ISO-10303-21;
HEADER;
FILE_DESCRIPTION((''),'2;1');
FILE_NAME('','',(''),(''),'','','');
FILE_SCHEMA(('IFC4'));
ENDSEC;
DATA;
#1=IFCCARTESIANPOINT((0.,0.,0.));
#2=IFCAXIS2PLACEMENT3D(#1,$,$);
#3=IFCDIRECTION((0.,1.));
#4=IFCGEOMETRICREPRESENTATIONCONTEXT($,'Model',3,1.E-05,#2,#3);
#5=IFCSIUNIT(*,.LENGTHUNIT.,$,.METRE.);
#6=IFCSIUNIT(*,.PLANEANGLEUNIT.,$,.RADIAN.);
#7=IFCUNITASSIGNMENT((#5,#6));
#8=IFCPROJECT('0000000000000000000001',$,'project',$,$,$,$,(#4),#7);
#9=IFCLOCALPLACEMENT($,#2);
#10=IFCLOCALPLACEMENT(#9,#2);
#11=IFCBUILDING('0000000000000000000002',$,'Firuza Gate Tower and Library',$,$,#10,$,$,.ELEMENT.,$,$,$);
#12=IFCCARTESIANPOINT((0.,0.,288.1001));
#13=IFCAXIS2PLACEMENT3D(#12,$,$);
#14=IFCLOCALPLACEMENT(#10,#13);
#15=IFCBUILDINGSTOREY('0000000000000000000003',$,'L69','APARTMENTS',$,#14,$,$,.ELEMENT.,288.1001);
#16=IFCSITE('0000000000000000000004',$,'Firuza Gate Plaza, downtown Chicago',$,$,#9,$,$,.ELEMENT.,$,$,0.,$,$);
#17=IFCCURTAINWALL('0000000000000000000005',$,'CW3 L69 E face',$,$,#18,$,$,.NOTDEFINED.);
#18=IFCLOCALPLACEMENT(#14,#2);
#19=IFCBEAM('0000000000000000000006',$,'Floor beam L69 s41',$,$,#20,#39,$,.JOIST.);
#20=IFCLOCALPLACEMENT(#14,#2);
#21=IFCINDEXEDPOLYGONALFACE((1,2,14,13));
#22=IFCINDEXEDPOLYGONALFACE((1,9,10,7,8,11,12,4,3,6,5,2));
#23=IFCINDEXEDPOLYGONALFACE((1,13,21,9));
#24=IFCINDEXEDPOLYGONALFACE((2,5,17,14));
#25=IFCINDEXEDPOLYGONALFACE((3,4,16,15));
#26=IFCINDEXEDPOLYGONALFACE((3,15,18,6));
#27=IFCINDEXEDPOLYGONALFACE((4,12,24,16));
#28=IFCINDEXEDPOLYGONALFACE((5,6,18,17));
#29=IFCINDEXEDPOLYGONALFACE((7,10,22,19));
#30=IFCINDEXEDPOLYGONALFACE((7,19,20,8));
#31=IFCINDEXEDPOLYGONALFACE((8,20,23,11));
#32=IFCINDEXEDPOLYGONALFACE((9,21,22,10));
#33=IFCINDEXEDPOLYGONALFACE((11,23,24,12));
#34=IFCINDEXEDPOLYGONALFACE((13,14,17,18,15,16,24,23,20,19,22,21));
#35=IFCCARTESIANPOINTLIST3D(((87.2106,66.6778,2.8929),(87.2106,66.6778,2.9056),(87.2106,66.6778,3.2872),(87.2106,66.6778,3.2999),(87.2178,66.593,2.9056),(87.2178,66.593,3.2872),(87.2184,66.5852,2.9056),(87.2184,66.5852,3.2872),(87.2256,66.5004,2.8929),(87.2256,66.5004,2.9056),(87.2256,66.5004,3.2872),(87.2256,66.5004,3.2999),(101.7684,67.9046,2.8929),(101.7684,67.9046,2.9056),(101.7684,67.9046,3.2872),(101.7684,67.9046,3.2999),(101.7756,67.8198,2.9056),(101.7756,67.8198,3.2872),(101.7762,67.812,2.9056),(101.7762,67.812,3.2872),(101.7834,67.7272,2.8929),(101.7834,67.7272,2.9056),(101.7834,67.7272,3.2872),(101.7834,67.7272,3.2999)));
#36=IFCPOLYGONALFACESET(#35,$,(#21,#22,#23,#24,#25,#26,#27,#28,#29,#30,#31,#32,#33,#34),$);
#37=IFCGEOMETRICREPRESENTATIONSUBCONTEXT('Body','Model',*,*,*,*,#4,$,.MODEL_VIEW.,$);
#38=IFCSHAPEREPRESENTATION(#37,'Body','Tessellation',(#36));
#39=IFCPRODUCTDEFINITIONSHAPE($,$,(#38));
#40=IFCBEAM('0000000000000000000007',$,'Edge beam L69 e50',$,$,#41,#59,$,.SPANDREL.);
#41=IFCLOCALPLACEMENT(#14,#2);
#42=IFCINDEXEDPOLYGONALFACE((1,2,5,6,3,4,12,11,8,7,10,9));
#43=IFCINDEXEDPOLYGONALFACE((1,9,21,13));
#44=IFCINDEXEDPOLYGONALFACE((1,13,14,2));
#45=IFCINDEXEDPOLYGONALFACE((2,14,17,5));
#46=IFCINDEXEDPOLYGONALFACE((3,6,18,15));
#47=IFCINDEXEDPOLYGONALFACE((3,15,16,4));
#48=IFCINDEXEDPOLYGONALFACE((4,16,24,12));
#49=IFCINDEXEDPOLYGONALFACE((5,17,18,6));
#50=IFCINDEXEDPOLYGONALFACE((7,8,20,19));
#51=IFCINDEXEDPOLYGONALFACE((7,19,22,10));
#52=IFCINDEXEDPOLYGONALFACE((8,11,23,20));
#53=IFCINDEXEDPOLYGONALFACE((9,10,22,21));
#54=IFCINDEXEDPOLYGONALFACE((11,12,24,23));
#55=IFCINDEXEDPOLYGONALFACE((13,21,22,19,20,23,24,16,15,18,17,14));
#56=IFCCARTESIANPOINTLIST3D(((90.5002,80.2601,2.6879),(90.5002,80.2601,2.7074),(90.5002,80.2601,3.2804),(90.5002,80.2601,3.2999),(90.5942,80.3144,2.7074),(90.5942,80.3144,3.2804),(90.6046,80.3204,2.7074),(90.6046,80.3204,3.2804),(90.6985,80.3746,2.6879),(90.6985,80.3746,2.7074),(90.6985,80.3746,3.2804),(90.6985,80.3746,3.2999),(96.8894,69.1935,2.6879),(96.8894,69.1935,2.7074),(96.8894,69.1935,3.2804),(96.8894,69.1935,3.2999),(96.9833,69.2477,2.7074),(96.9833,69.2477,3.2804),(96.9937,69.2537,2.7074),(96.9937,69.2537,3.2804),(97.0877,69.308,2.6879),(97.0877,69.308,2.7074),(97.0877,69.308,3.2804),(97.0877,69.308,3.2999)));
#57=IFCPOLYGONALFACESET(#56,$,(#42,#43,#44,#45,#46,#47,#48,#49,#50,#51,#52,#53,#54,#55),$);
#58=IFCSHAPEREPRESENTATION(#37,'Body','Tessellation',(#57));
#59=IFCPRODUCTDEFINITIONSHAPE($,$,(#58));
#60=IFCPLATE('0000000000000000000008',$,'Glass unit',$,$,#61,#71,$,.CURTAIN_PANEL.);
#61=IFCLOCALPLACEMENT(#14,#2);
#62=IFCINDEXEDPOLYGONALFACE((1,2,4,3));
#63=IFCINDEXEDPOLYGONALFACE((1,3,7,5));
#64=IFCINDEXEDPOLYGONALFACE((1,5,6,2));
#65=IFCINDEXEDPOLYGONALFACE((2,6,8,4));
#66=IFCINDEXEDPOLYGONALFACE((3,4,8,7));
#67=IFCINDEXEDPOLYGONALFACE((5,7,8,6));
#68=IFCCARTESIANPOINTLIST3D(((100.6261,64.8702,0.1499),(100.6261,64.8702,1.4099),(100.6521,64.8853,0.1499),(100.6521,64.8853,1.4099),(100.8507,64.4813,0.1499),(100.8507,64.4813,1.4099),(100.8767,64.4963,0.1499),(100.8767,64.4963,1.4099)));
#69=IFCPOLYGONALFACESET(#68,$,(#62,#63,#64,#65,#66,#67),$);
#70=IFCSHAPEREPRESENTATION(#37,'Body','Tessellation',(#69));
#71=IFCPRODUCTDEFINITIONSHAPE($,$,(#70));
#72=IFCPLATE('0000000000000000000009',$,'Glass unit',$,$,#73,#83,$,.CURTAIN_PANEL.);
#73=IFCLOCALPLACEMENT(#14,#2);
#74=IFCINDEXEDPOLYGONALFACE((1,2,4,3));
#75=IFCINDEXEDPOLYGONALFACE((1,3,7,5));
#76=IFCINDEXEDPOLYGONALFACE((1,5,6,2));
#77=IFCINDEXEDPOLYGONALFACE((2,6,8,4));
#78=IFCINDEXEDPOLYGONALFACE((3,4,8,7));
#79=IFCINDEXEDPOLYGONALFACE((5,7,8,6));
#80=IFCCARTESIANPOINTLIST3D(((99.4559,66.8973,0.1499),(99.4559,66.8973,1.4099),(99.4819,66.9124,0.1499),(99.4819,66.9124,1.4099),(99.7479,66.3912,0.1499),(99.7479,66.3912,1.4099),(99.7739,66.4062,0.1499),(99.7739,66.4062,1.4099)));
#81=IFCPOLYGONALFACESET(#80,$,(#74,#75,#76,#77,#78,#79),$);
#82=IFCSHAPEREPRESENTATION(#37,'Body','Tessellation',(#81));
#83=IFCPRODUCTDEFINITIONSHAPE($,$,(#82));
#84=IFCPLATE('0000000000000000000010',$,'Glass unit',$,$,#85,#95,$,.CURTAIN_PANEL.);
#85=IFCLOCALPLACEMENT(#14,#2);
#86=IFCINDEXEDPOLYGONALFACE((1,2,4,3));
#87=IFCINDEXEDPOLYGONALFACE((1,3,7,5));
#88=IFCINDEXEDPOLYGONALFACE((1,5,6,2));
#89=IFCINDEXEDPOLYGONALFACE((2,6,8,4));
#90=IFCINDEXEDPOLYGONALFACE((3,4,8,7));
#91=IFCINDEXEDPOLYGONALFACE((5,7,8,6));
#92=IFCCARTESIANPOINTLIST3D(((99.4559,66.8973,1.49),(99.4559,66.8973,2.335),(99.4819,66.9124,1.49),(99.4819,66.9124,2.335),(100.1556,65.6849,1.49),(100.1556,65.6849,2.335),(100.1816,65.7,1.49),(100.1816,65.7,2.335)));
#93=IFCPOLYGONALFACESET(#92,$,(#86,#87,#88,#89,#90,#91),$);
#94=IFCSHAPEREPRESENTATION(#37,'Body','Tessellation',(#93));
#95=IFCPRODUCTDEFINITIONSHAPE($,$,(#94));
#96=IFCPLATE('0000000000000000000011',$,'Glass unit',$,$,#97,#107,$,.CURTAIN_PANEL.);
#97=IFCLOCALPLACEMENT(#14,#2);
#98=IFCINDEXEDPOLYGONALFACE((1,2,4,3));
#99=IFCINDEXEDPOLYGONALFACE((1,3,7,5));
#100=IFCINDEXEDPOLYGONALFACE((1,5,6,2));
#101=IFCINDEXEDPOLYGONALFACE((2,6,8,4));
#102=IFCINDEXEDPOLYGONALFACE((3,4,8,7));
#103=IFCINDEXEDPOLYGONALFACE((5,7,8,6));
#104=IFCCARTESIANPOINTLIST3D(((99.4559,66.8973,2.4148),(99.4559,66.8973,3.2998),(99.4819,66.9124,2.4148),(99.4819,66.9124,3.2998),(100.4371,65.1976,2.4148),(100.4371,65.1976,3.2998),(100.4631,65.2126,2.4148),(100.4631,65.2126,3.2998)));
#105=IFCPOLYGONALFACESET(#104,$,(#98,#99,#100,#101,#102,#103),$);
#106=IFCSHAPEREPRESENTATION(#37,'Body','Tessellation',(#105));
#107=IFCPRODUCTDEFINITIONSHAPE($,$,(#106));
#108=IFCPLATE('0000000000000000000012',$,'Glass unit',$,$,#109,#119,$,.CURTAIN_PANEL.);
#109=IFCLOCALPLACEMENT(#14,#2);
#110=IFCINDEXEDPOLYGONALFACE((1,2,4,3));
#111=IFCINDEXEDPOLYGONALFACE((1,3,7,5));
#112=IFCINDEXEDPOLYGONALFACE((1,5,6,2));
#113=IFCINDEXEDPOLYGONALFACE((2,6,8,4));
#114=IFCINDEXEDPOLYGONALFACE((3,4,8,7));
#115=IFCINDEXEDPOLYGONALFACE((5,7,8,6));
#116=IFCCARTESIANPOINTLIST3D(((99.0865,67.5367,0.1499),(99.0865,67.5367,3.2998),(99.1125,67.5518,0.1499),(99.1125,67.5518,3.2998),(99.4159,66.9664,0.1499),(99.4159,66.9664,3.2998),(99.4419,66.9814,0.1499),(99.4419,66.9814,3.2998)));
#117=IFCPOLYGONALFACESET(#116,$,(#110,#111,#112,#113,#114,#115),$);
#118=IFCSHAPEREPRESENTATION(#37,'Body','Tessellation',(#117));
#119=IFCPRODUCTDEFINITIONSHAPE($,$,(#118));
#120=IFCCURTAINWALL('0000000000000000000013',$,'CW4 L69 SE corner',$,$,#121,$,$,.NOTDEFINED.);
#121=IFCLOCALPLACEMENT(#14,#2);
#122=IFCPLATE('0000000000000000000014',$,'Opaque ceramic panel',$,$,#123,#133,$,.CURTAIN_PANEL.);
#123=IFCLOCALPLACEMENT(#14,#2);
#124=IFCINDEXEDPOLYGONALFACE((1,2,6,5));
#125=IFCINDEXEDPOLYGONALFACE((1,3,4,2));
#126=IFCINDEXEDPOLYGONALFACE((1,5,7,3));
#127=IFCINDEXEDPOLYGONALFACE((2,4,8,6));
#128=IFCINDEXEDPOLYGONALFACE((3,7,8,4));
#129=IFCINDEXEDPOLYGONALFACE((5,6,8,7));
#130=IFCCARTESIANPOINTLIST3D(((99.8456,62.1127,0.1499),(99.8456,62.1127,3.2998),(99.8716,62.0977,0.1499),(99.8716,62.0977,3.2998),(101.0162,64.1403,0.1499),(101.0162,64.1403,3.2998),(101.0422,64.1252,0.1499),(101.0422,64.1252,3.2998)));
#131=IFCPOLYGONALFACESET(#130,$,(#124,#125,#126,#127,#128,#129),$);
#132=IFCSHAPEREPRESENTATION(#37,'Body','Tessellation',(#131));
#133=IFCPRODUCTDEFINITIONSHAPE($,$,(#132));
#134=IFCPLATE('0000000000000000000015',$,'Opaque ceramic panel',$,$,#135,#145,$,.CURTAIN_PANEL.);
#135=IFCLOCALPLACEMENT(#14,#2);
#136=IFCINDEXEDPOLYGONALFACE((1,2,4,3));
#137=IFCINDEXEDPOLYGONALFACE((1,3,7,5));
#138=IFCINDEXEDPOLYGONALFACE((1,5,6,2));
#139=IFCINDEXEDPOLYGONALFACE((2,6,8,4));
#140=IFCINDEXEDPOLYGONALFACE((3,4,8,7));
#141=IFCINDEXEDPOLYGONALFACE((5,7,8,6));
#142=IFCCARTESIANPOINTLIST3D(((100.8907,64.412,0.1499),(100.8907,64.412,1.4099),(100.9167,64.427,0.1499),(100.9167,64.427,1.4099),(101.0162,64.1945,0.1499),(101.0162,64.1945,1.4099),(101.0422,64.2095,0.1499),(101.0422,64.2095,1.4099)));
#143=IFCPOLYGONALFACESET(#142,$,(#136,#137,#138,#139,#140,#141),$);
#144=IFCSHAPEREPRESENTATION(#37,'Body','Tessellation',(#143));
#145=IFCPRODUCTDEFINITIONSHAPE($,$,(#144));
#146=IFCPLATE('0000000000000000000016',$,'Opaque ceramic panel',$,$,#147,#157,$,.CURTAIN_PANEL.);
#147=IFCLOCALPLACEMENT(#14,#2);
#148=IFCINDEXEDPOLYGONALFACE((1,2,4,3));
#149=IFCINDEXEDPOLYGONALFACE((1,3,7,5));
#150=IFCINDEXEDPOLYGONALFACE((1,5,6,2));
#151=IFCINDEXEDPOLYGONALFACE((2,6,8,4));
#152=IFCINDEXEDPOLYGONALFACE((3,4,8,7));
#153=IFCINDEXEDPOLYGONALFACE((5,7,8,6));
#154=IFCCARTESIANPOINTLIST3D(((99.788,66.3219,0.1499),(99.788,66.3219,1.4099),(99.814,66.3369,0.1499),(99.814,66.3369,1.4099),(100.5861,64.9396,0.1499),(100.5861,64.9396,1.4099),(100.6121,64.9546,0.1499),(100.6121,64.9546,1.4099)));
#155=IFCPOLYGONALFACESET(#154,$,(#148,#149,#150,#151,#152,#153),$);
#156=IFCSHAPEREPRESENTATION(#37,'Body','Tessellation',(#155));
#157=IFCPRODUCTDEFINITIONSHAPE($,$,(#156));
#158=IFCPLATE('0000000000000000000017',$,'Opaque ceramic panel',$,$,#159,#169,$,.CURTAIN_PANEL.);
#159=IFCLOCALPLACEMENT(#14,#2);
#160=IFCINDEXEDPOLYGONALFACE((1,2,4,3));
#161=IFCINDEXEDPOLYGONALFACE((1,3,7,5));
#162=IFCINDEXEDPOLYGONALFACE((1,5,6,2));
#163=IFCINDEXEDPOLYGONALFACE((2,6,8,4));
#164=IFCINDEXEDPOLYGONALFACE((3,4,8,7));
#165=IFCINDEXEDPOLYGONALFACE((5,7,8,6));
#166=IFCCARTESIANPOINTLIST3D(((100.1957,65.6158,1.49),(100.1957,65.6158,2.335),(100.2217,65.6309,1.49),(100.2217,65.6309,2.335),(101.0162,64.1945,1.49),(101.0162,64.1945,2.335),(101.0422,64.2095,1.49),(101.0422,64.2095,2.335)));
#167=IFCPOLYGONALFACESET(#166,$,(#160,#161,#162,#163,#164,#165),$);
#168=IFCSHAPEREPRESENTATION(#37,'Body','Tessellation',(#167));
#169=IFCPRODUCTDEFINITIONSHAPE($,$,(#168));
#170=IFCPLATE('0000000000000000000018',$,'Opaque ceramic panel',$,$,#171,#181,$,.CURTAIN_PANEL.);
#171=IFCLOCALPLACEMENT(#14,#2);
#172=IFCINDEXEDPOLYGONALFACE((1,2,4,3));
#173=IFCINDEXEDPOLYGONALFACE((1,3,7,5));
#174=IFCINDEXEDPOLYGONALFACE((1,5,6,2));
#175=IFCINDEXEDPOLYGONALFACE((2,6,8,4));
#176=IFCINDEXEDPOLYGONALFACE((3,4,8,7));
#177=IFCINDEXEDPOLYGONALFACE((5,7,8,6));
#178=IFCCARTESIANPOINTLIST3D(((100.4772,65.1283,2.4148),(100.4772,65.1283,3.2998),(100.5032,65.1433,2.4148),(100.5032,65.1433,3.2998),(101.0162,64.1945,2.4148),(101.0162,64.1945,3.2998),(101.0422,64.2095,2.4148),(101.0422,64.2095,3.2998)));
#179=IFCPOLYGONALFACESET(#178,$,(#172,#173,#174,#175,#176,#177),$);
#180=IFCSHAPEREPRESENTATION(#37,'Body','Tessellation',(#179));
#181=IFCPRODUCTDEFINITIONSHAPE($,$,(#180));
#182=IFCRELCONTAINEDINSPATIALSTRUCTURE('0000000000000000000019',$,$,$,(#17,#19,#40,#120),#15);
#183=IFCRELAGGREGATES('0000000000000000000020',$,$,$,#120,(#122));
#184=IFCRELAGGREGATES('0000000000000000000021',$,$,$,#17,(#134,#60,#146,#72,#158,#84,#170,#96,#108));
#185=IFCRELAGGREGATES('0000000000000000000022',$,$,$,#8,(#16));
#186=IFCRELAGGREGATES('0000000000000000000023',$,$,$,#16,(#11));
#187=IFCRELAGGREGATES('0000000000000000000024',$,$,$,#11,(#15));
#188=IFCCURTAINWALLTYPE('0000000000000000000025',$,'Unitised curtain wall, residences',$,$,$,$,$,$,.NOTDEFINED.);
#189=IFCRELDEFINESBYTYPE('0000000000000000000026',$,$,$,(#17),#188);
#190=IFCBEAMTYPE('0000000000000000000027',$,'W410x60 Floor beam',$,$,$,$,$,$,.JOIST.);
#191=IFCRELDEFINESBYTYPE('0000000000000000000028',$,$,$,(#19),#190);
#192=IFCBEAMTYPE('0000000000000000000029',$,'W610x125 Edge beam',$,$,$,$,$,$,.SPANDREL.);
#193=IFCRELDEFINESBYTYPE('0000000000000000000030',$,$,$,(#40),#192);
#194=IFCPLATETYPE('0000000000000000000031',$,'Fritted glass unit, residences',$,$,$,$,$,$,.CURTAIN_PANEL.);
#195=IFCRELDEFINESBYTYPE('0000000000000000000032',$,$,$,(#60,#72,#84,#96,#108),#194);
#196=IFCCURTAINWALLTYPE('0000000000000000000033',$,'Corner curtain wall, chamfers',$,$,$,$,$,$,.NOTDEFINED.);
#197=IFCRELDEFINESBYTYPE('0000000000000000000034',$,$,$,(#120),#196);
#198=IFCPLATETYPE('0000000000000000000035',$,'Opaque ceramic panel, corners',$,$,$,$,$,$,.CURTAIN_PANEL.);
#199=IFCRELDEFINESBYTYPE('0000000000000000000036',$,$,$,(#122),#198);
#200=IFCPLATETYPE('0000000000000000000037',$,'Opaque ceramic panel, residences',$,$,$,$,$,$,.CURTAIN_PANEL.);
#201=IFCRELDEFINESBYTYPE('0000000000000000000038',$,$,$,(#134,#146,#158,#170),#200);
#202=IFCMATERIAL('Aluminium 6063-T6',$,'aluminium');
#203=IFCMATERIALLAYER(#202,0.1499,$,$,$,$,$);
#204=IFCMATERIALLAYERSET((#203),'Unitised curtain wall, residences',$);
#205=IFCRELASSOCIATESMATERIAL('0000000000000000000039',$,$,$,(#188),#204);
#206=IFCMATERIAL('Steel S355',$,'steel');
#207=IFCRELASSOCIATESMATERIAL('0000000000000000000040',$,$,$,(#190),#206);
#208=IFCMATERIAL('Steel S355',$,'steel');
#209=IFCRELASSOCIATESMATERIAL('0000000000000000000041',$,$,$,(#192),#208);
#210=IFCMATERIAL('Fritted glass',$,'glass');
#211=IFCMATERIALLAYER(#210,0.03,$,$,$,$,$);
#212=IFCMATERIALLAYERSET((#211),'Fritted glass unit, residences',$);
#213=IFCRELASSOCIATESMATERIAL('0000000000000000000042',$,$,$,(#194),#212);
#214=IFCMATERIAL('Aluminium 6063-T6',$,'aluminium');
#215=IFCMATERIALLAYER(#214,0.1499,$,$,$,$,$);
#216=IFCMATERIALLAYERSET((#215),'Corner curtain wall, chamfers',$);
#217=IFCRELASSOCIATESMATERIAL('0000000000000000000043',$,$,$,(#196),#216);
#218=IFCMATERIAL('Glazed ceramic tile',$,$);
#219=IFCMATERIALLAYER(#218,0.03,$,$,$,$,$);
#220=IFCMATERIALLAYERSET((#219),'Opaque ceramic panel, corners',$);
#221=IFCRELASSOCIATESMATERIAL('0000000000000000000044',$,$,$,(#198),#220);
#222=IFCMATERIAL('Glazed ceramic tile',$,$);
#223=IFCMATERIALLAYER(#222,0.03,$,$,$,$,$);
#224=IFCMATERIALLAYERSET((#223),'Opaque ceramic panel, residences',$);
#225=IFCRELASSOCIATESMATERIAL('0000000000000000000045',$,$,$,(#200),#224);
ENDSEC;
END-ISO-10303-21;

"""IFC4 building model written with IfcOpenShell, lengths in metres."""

from ifc_helpers import new_model, si_unit, direction, frame, origin, origin_2d, place, context, subcontext, project, spatial, polyline, i_section, outline, extrude, material, layer, layer_set, material_profile, profile_set, type_object, element, aggregate, save


model = new_model("IFC4")

# Units and contexts
model_context = context("Model", 3, precision=1e-05, world=origin(), true_north=direction((0.0, 1.0)))
body_context = subcontext(model_context, "Body", "Model", "MODEL_VIEW")
ifc_project = project(units=[si_unit("LENGTHUNIT", "METRE"), si_unit("PLANEANGLEUNIT", "RADIAN")], contexts=[model_context])

# Site, building, storey
site_placement = place(None, origin())
site = spatial("IfcSite", under=ifc_project, at=site_placement, Name="Firuza Gate Plaza, downtown Chicago", CompositionType="ELEMENT", RefElevation=0.0)
building_placement = place(site_placement, origin())
building = spatial("IfcBuilding", under=site, at=building_placement, Name="Firuza Gate Tower and Library", CompositionType="ELEMENT")
storey_placement = place(building_placement, frame((0.0, 0.0, 288.1001)))
storey = spatial("IfcBuildingStorey", under=building, at=storey_placement, Name="L69", Description="APARTMENTS", CompositionType="ELEMENT", Elevation=288.1001)

# Curtain wall
ifc_material_1 = material(Name="Aluminium 6063-T6", Category="aluminium")
ifc_layer_1 = layer(ifc_material_1, 0.1499)
ifc_layer_set_1 = layer_set([ifc_layer_1], Name="Unitised curtain wall, residences")
curtain_wall_type_1 = type_object("IfcCurtainWallType", Name="Unitised curtain wall, residences", PredefinedType="NOTDEFINED", material=ifc_layer_set_1)
placement = place(storey_placement, origin())
curtain_wall_1 = element("IfcCurtainWall", 1, at=placement, inside=storey, type_object=curtain_wall_type_1, Name="CW3 L69 E face", PredefinedType="NOTDEFINED")

# Beams
ifc_material_2 = material(Name="Steel S355", Category="steel")
ifc_material_profile_1 = material_profile(ifc_material_2, i_section(OverallWidth=0.178, OverallDepth=0.407, WebThickness=0.0078, FlangeThickness=0.0127, at=origin_2d()))
ifc_profile_set_1 = profile_set([ifc_material_profile_1], Name="Steel S355")
beam_type_1 = type_object("IfcBeamType", Name="W410x60 Floor beam", PredefinedType="JOIST", material=ifc_profile_set_1)
beam_1_placement = place(storey_placement, frame((101.7759, 67.8159, 3.0964), z_axis=(-0.996468, -0.083973, 0.0), x_axis=(0.083973, -0.996468, 0.0)))
element("IfcBeam", 2, at=beam_1_placement, inside=storey, type_object=beam_type_1, Name="Floor beam L69 s41", PredefinedType="JOIST", context=body_context, shape_type="SweptSolid", body=[
    extrude(i_section(OverallWidth=0.178, OverallDepth=0.407, WebThickness=0.0078, FlangeThickness=0.0127, at=origin_2d()), origin(), (0.0, 0.0, 1.0), 14.6094),
])
ifc_material_3 = material(Name="Steel S355", Category="steel")
ifc_material_profile_2 = material_profile(ifc_material_3, i_section(OverallWidth=0.229, OverallDepth=0.6121, WebThickness=0.012, FlangeThickness=0.0195, at=origin_2d()))
ifc_profile_set_2 = profile_set([ifc_material_profile_2], Name="Steel S355")
beam_type_2 = type_object("IfcBeamType", Name="W610x125 Edge beam", PredefinedType="SPANDREL", material=ifc_profile_set_2)
beam_2_placement = place(storey_placement, frame((96.9885, 69.2507, 2.9939), z_axis=(-0.49999, 0.866031, 0.0), x_axis=(-0.866031, -0.49999, 0.0)))
element("IfcBeam", 3, at=beam_2_placement, inside=storey, type_object=beam_type_2, Name="Edge beam L69 e50", PredefinedType="SPANDREL", context=body_context, shape_type="SweptSolid", body=[
    extrude(i_section(OverallWidth=0.229, OverallDepth=0.6121, WebThickness=0.012, FlangeThickness=0.0195, at=origin_2d()), origin(), (0.0, 0.0, 1.0), 12.7786),
])

# Plates
ifc_material_4 = material(Name="Fritted glass", Category="glass")
ifc_layer_2 = layer(ifc_material_4, 0.03)
ifc_layer_set_2 = layer_set([ifc_layer_2], Name="Fritted glass unit, residences")
plate_type_1 = type_object("IfcPlateType", Name="Fritted glass unit, residences", PredefinedType="CURTAIN_PANEL", material=ifc_layer_set_2)
plate_1_placement = place(storey_placement, frame((100.8767, 64.4963, 0.1499), z_axis=(0.865959, 0.500115, 0.0), x_axis=(-0.500115, 0.865959, 0.0)))
plate_1 = element("IfcPlate", 4, at=plate_1_placement, type_object=plate_type_1, Name="Glass unit", PredefinedType="CURTAIN_PANEL", context=body_context, shape_type="SweptSolid", body=[
    extrude(outline(polyline([(0.0, 0.0), (0.4491, 0.0), (0.4491, 1.26), (0.0, 1.26), (0.0, 0.0)])), origin(), (0.0, 0.0, -1.0), 0.03),
])
plate_2_placement = place(storey_placement, frame((99.7739, 66.4062, 0.1499), z_axis=(0.866179, 0.499735, 0.0), x_axis=(-0.499735, 0.866179, 0.0)))
plate_2 = element("IfcPlate", 5, at=plate_2_placement, type_object=plate_type_1, Name="Glass unit", PredefinedType="CURTAIN_PANEL", context=body_context, shape_type="SweptSolid", body=[
    extrude(outline(polyline([(0.0, 0.0), (0.5843, 0.0), (0.5843, 1.26), (0.0, 1.26), (0.0, 0.0)])), origin(), (0.0, 0.0, -1.0), 0.03),
])
plate_3_placement = place(storey_placement, frame((100.1816, 65.7, 1.49), z_axis=(0.86611, 0.499853, 0.0), x_axis=(-0.499853, 0.86611, 0.0)))
plate_3 = element("IfcPlate", 6, at=plate_3_placement, type_object=plate_type_1, Name="Glass unit", PredefinedType="CURTAIN_PANEL", context=body_context, shape_type="SweptSolid", body=[
    extrude(outline(polyline([(0.0, 0.0), (1.3998, 0.0), (1.3998, 0.845), (0.0, 0.845), (0.0, 0.0)])), origin(), (0.0, 0.0, -1.0), 0.03),
])
plate_4_placement = place(storey_placement, frame((100.4631, 65.2126, 2.4148), z_axis=(0.866053, 0.499952, 0.0), x_axis=(-0.499952, 0.866053, 0.0)))
plate_4 = element("IfcPlate", 7, at=plate_4_placement, type_object=plate_type_1, Name="Glass unit", PredefinedType="CURTAIN_PANEL", context=body_context, shape_type="SweptSolid", body=[
    extrude(outline(polyline([(0.0, 0.0), (1.9626, 0.0), (1.9626, 0.885), (0.0, 0.885), (0.0, 0.0)])), origin(), (0.0, 0.0, -1.0), 0.03),
])
plate_5_placement = place(storey_placement, frame((99.4419, 66.9814, 0.1499), z_axis=(0.865976, 0.500086, 0.0), x_axis=(-0.500086, 0.865976, 0.0)))
plate_5 = element("IfcPlate", 8, at=plate_5_placement, type_object=plate_type_1, Name="Glass unit", PredefinedType="CURTAIN_PANEL", context=body_context, shape_type="SweptSolid", body=[
    extrude(outline(polyline([(0.0, 0.0), (0.6586, 0.0), (0.6586, 3.1499), (0.0, 3.1499), (0.0, 0.0)])), origin(), (0.0, 0.0, -1.0), 0.03),
])

# Curtain wall, plate
ifc_material_5 = material(Name="Aluminium 6063-T6", Category="aluminium")
ifc_layer_3 = layer(ifc_material_5, 0.1499)
ifc_layer_set_3 = layer_set([ifc_layer_3], Name="Corner curtain wall, chamfers")
curtain_wall_type_2 = type_object("IfcCurtainWallType", Name="Corner curtain wall, chamfers", PredefinedType="NOTDEFINED", material=ifc_layer_set_3)
curtain_wall_2 = element("IfcCurtainWall", 9, at=placement, inside=storey, type_object=curtain_wall_type_2, Name="CW4 L69 SE corner", PredefinedType="NOTDEFINED")
ifc_material_6 = material(Name="Glazed ceramic tile")
ifc_layer_4 = layer(ifc_material_6, 0.03)
ifc_layer_set_4 = layer_set([ifc_layer_4], Name="Opaque ceramic panel, corners")
plate_type_2 = type_object("IfcPlateType", Name="Opaque ceramic panel, corners", PredefinedType="CURTAIN_PANEL", material=ifc_layer_set_4)
plate_6_placement = place(storey_placement, frame((99.8716, 62.0977, 0.1499), z_axis=(0.866021, -0.500008, 0.0), x_axis=(0.500008, 0.866021, 0.0)))
plate_6 = element("IfcPlate", 10, at=plate_6_placement, type_object=plate_type_2, Name="Opaque ceramic panel", PredefinedType="CURTAIN_PANEL", context=body_context, shape_type="SweptSolid", body=[
    extrude(outline(polyline([(0.0, 0.0), (2.3413, 0.0), (2.3413, 3.1499), (0.0, 3.1499), (0.0, 0.0)])), origin(), (0.0, 0.0, -1.0), 0.03),
])
aggregate(curtain_wall_2, [plate_6])

# Plates
ifc_material_7 = material(Name="Glazed ceramic tile")
ifc_layer_5 = layer(ifc_material_7, 0.03)
ifc_layer_set_5 = layer_set([ifc_layer_5], Name="Opaque ceramic panel, residences")
plate_type_3 = type_object("IfcPlateType", Name="Opaque ceramic panel, residences", PredefinedType="CURTAIN_PANEL", material=ifc_layer_set_5)
plate_7_placement = place(storey_placement, frame((101.0422, 64.2095, 0.1499), z_axis=(0.866202, 0.499694, 0.0), x_axis=(-0.499694, 0.866202, 0.0)))
plate_7 = element("IfcPlate", 11, at=plate_7_placement, type_object=plate_type_3, Name="Opaque ceramic panel", PredefinedType="CURTAIN_PANEL", context=body_context, shape_type="SweptSolid", body=[
    extrude(outline(polyline([(0.0, 0.0), (0.2511, 0.0), (0.2511, 1.26), (0.0, 1.26), (0.0, 0.0)])), origin(), (0.0, 0.0, -1.0), 0.03),
])
plate_8_placement = place(storey_placement, frame((100.6121, 64.9546, 0.1499), z_axis=(0.866023, 0.500005, 0.0), x_axis=(-0.500005, 0.866023, 0.0)))
plate_8 = element("IfcPlate", 12, at=plate_8_placement, type_object=plate_type_3, Name="Opaque ceramic panel", PredefinedType="CURTAIN_PANEL", context=body_context, shape_type="SweptSolid", body=[
    extrude(outline(polyline([(0.0, 0.0), (1.5962, 0.0), (1.5962, 1.26), (0.0, 1.26), (0.0, 0.0)])), origin(), (0.0, 0.0, -1.0), 0.03),
])
plate_9_placement = place(storey_placement, frame((101.0422, 64.2095, 1.49), z_axis=(0.866047, 0.499963, 0.0), x_axis=(-0.499963, 0.866047, 0.0)))
plate_9 = element("IfcPlate", 13, at=plate_9_placement, type_object=plate_type_3, Name="Opaque ceramic panel", PredefinedType="CURTAIN_PANEL", context=body_context, shape_type="SweptSolid", body=[
    extrude(outline(polyline([(0.0, 0.0), (1.6412, 0.0), (1.6412, 0.845), (0.0, 0.845), (0.0, 0.0)])), origin(), (0.0, 0.0, -1.0), 0.03),
])
plate_10_placement = place(storey_placement, frame((101.0422, 64.2095, 2.4148), z_axis=(0.866061, 0.499938, 0.0), x_axis=(-0.499938, 0.866061, 0.0)))
plate_10 = element("IfcPlate", 14, at=plate_10_placement, type_object=plate_type_3, Name="Opaque ceramic panel", PredefinedType="CURTAIN_PANEL", context=body_context, shape_type="SweptSolid", body=[
    extrude(outline(polyline([(0.0, 0.0), (1.0783, 0.0), (1.0783, 0.885), (0.0, 0.885), (0.0, 0.0)])), origin(), (0.0, 0.0, -1.0), 0.03),
])
aggregate(curtain_wall_1, [plate_7, plate_1, plate_8, plate_2, plate_9, plate_3, plate_10, plate_4, plate_5])

save(model, "model.ifc")
